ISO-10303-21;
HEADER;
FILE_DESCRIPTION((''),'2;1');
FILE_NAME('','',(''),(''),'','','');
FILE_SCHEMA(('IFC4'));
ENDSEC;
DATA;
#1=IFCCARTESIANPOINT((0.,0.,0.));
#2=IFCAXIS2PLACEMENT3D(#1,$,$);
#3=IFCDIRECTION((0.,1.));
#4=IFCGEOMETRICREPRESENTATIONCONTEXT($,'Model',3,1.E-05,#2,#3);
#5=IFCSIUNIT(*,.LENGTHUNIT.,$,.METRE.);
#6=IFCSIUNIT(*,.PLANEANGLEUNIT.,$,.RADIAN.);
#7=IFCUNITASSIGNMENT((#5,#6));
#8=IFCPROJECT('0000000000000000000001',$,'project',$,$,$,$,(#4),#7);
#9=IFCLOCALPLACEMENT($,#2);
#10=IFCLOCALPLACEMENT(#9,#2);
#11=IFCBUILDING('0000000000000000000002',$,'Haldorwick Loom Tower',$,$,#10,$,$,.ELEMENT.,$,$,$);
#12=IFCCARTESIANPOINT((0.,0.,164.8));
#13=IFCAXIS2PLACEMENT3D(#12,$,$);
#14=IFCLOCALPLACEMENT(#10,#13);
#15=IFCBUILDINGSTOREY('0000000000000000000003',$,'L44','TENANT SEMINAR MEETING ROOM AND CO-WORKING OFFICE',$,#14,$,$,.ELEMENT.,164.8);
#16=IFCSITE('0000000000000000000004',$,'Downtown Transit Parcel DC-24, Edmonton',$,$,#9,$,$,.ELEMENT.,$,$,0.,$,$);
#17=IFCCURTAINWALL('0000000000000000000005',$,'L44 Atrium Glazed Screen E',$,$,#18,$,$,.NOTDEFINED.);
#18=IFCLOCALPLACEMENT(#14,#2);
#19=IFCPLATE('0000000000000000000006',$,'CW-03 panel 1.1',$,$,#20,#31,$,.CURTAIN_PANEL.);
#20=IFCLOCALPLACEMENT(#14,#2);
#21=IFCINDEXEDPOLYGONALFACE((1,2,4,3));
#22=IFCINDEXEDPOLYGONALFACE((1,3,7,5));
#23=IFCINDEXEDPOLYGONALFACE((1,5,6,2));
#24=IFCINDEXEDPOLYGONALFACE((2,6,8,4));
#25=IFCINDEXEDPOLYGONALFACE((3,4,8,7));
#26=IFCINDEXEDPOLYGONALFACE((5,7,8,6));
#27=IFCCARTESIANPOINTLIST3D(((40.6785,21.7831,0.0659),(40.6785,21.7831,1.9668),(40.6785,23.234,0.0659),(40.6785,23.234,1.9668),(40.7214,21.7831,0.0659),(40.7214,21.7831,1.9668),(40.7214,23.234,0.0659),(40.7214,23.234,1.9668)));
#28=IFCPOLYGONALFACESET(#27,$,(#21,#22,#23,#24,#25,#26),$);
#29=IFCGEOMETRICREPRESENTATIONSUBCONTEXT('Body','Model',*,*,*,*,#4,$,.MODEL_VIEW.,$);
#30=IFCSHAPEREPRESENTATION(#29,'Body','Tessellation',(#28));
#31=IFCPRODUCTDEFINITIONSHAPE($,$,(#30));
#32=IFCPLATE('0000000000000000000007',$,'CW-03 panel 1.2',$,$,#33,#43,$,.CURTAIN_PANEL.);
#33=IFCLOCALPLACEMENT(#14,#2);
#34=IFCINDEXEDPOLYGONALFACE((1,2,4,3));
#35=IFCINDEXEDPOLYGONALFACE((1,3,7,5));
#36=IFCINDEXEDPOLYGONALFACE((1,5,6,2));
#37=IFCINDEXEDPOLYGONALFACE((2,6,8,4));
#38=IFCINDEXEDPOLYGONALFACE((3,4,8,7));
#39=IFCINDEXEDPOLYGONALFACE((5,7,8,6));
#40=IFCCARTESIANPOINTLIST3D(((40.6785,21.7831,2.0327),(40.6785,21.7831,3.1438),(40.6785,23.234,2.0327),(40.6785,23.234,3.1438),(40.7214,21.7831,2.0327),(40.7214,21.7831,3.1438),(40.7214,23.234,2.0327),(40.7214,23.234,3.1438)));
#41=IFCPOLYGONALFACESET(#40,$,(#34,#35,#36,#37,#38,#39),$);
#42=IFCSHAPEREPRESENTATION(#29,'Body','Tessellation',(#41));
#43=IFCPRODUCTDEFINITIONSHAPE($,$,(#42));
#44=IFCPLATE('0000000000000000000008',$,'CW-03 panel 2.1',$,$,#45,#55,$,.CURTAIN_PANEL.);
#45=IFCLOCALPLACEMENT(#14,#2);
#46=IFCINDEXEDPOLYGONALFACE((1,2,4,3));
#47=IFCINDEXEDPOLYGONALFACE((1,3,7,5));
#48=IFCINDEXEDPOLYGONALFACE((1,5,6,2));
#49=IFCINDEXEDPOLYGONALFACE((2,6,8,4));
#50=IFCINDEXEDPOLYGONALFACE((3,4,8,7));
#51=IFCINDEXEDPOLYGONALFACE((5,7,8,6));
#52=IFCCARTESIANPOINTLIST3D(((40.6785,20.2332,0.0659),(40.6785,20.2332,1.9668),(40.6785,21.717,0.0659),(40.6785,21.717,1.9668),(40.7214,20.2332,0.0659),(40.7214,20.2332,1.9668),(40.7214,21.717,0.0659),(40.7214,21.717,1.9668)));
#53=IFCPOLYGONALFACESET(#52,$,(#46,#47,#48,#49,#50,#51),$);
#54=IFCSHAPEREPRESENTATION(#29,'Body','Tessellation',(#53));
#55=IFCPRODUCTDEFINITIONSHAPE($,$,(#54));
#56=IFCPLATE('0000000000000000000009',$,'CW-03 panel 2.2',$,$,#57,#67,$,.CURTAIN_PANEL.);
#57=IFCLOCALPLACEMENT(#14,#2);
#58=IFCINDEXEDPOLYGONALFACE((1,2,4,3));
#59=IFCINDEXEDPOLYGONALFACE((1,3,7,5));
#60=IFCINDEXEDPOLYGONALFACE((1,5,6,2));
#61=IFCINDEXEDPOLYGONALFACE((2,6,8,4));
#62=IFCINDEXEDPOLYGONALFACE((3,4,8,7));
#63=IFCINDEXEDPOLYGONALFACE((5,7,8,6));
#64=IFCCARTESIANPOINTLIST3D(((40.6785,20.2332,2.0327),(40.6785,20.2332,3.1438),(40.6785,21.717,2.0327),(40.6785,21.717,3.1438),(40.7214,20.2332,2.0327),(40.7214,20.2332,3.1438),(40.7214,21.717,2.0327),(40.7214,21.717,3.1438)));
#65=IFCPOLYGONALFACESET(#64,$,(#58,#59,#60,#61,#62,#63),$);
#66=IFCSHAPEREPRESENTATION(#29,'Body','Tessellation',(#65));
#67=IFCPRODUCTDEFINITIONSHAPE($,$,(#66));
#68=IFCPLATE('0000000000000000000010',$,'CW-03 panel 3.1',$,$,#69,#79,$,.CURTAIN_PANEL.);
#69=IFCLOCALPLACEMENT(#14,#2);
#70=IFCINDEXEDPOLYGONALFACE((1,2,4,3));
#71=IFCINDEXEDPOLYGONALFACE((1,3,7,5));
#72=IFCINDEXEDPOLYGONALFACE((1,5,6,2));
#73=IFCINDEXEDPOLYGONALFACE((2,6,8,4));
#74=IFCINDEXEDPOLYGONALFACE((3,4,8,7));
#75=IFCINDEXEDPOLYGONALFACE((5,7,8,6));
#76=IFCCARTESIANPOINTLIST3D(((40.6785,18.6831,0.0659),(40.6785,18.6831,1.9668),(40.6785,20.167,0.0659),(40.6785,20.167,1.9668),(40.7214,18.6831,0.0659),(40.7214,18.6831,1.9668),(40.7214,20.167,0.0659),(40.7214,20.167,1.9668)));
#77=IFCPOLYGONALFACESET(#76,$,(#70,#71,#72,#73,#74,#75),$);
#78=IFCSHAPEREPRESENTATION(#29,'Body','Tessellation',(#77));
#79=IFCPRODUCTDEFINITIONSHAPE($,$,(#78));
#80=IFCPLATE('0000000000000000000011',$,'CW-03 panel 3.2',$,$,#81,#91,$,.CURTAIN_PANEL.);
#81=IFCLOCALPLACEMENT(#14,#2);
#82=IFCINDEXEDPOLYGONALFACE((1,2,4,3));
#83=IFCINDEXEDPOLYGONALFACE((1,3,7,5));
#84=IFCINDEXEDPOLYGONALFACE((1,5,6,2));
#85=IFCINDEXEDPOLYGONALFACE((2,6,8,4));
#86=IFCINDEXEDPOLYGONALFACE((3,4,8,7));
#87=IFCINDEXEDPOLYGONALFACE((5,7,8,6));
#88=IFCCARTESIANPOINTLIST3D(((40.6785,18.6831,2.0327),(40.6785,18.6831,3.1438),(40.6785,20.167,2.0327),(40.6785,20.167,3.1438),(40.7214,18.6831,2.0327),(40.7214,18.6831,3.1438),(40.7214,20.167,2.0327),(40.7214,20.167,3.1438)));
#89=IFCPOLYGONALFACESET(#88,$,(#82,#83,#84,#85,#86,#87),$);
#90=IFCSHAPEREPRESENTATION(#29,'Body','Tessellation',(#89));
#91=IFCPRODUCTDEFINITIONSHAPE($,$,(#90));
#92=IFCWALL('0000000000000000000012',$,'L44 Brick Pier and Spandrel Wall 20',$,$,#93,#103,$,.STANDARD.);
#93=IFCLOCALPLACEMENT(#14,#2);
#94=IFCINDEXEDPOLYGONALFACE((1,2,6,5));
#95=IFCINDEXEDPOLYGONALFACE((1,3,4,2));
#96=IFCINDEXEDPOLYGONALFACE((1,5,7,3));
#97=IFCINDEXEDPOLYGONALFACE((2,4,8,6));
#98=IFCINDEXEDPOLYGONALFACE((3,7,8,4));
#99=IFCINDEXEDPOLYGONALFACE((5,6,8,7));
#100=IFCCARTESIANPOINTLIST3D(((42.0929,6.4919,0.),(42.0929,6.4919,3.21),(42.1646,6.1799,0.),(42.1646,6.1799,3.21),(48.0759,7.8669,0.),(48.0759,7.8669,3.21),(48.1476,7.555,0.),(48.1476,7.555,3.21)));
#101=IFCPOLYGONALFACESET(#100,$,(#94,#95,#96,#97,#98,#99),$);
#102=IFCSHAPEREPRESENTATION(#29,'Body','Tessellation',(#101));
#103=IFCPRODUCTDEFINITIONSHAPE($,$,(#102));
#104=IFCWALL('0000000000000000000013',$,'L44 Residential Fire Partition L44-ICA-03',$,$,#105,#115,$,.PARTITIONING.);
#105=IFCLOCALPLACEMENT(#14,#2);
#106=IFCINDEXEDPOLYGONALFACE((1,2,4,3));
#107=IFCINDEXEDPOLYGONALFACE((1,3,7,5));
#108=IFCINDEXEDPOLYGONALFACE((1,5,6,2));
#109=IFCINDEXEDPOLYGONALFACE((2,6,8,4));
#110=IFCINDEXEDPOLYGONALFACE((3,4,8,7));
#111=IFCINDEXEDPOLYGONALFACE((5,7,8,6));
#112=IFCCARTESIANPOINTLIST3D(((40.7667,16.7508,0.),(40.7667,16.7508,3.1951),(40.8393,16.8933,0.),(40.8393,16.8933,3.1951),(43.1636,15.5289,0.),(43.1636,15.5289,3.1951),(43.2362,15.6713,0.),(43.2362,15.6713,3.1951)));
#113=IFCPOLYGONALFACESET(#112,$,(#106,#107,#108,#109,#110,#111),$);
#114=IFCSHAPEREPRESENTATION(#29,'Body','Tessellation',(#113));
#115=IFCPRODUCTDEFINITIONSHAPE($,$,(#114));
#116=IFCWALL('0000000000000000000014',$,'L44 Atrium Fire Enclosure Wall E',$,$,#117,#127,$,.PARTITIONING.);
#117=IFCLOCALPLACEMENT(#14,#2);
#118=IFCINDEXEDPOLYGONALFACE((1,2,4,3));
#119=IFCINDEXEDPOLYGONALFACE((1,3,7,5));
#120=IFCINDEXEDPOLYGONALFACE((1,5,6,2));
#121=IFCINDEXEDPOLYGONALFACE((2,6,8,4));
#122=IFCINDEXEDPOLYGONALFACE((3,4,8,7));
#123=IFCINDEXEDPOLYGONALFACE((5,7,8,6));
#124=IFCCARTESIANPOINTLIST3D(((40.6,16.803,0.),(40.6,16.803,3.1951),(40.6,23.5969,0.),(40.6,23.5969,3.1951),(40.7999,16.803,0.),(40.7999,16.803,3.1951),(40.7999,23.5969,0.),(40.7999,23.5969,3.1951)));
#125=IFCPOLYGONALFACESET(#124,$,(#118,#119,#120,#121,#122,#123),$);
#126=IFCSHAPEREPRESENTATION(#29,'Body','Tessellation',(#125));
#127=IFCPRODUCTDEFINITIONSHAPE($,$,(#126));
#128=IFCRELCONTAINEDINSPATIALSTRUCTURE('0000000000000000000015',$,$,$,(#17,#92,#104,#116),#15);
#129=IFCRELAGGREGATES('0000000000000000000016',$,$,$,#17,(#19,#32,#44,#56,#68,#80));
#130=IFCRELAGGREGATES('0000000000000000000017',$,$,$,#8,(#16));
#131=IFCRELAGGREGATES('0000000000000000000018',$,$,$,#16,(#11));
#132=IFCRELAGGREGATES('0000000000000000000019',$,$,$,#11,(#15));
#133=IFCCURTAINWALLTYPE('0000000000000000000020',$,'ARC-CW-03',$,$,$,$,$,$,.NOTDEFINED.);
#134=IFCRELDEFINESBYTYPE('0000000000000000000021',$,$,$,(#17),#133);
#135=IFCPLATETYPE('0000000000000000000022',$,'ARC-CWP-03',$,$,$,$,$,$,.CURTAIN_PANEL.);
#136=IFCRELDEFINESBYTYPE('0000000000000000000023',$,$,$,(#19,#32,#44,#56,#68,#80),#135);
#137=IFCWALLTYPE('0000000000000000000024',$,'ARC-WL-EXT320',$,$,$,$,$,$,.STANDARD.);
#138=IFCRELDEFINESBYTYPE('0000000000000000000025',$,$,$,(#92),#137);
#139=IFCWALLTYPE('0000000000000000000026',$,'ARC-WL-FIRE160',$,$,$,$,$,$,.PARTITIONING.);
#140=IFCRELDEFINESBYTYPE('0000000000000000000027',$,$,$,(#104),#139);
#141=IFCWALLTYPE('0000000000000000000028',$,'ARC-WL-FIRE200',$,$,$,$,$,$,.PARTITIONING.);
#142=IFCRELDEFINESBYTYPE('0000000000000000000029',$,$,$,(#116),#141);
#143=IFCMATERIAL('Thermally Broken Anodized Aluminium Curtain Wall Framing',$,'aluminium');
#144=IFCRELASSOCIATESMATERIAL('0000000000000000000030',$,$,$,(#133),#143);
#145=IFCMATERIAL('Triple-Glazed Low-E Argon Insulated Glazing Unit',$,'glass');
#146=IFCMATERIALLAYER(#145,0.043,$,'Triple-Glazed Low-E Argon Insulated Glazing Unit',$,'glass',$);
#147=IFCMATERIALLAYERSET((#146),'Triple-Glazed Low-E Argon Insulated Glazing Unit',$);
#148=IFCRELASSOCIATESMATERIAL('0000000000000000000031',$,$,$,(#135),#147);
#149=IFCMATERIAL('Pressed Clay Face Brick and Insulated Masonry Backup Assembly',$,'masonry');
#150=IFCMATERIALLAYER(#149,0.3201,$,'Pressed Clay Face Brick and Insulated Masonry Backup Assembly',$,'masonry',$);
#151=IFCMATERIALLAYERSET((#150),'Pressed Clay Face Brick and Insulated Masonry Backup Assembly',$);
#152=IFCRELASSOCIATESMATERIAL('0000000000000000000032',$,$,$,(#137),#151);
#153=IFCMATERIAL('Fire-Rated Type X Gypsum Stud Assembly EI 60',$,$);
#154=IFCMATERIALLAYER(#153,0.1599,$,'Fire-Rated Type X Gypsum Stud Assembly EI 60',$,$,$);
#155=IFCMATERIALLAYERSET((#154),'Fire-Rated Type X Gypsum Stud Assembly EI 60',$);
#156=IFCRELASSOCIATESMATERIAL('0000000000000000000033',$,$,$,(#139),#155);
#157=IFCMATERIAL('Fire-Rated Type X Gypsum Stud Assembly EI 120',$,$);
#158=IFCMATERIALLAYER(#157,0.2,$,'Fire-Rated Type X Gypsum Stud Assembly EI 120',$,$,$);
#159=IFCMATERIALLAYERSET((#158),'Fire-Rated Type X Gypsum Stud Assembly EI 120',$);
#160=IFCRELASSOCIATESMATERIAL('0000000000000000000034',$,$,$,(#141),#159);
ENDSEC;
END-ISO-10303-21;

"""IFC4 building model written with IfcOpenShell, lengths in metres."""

from ifc_helpers import new_model, si_unit, direction, frame, frame_2d, origin, origin_2d, place, context, subcontext, project, spatial, rectangle, extrude, material, layer, layer_set, type_object, element, aggregate, save


model = new_model("IFC4")

# Units and contexts
model_context = context("Model", 3, precision=1e-05, world=origin(), true_north=direction((0.0, 1.0)))
body_context = subcontext(model_context, "Body", "Model", "MODEL_VIEW")
ifc_project = project(units=[si_unit("LENGTHUNIT", "METRE"), si_unit("PLANEANGLEUNIT", "RADIAN")], contexts=[model_context])

# Site, building, storey
site_placement = place(None, origin())
site = spatial("IfcSite", under=ifc_project, at=site_placement, Name="Downtown Transit Parcel DC-24, Edmonton", CompositionType="ELEMENT", RefElevation=0.0)
building_placement = place(site_placement, origin())
building = spatial("IfcBuilding", under=site, at=building_placement, Name="Haldorwick Loom Tower", CompositionType="ELEMENT")
storey_placement = place(building_placement, frame((0.0, 0.0, 164.8)))
storey = spatial("IfcBuildingStorey", under=building, at=storey_placement, Name="L44", Description="TENANT SEMINAR MEETING ROOM AND CO-WORKING OFFICE", CompositionType="ELEMENT", Elevation=164.8)

# Curtain wall, plates
ifc_material_1 = material(Name="Thermally Broken Anodized Aluminium Curtain Wall Framing", Category="aluminium")
curtain_wall_type = type_object("IfcCurtainWallType", Name="ARC-CW-03", PredefinedType="NOTDEFINED", material=ifc_material_1)
curtain_wall_placement = place(storey_placement, origin())
curtain_wall = element("IfcCurtainWall", 1, at=curtain_wall_placement, inside=storey, type_object=curtain_wall_type, Name="L44 Atrium Glazed Screen E", PredefinedType="NOTDEFINED")
ifc_material_2 = material(Name="Triple-Glazed Low-E Argon Insulated Glazing Unit", Category="glass")
ifc_layer_1 = layer(ifc_material_2, 0.043, Name="Triple-Glazed Low-E Argon Insulated Glazing Unit", Category="glass")
ifc_layer_set_1 = layer_set([ifc_layer_1], Name="Triple-Glazed Low-E Argon Insulated Glazing Unit")
plate_type = type_object("IfcPlateType", Name="ARC-CWP-03", PredefinedType="CURTAIN_PANEL", material=ifc_layer_set_1)
plate_1_placement = place(storey_placement, frame((40.7, 22.5085, 0.0659), z_axis=(0.0, 0.0, 1.0), x_axis=(0.0, -1.0, 0.0)))
plate_1 = element("IfcPlate", 2, at=plate_1_placement, type_object=plate_type, Name="CW-03 panel 1.1", PredefinedType="CURTAIN_PANEL", context=body_context, shape_type="SweptSolid", body=[
    extrude(rectangle(XDim=1.4509, YDim=0.043, at=origin_2d()), origin(), (0.0, 0.0, 1.0), 1.9009),
])
plate_2_placement = place(storey_placement, frame((40.7, 22.5085, 2.0327), z_axis=(0.0, 0.0, 1.0), x_axis=(0.0, -1.0, 0.0)))
plate_2 = element("IfcPlate", 3, at=plate_2_placement, type_object=plate_type, Name="CW-03 panel 1.2", PredefinedType="CURTAIN_PANEL", context=body_context, shape_type="SweptSolid", body=[
    extrude(rectangle(XDim=1.4509, YDim=0.043, at=origin_2d()), origin(), (0.0, 0.0, 1.0), 1.1111),
])
plate_3_placement = place(storey_placement, frame((40.7, 20.9751, 0.0659), z_axis=(0.0, 0.0, 1.0), x_axis=(0.0, -1.0, 0.0)))
plate_3 = element("IfcPlate", 4, at=plate_3_placement, type_object=plate_type, Name="CW-03 panel 2.1", PredefinedType="CURTAIN_PANEL", context=body_context, shape_type="SweptSolid", body=[
    extrude(rectangle(XDim=1.4839, YDim=0.043, at=origin_2d()), origin(), (0.0, 0.0, 1.0), 1.9009),
])
plate_4_placement = place(storey_placement, frame((40.7, 20.9751, 2.0327), z_axis=(0.0, 0.0, 1.0), x_axis=(0.0, -1.0, 0.0)))
plate_4 = element("IfcPlate", 5, at=plate_4_placement, type_object=plate_type, Name="CW-03 panel 2.2", PredefinedType="CURTAIN_PANEL", context=body_context, shape_type="SweptSolid", body=[
    extrude(rectangle(XDim=1.4839, YDim=0.043, at=origin_2d()), origin(), (0.0, 0.0, 1.0), 1.1111),
])
plate_5_placement = place(storey_placement, frame((40.7, 19.425, 0.0659), z_axis=(0.0, 0.0, 1.0), x_axis=(0.0, -1.0, 0.0)))
plate_5 = element("IfcPlate", 6, at=plate_5_placement, type_object=plate_type, Name="CW-03 panel 3.1", PredefinedType="CURTAIN_PANEL", context=body_context, shape_type="SweptSolid", body=[
    extrude(rectangle(XDim=1.4839, YDim=0.043, at=origin_2d()), origin(), (0.0, 0.0, 1.0), 1.9009),
])
plate_6_placement = place(storey_placement, frame((40.7, 19.425, 2.0327), z_axis=(0.0, 0.0, 1.0), x_axis=(0.0, -1.0, 0.0)))
plate_6 = element("IfcPlate", 7, at=plate_6_placement, type_object=plate_type, Name="CW-03 panel 3.2", PredefinedType="CURTAIN_PANEL", context=body_context, shape_type="SweptSolid", body=[
    extrude(rectangle(XDim=1.4839, YDim=0.043, at=origin_2d()), origin(), (0.0, 0.0, 1.0), 1.1111),
])
aggregate(curtain_wall, [plate_1, plate_2, plate_3, plate_4, plate_5, plate_6])

# Walls
ifc_material_3 = material(Name="Pressed Clay Face Brick and Insulated Masonry Backup Assembly", Category="masonry")
ifc_layer_2 = layer(ifc_material_3, 0.3201, Name="Pressed Clay Face Brick and Insulated Masonry Backup Assembly", Category="masonry")
ifc_layer_set_2 = layer_set([ifc_layer_2], Name="Pressed Clay Face Brick and Insulated Masonry Backup Assembly")
wall_type_1 = type_object("IfcWallType", Name="ARC-WL-EXT320", PredefinedType="STANDARD", material=ifc_layer_set_2)
wall_1_placement = place(storey_placement, frame((42.1289, 6.3359, 0.0), z_axis=(0.0, 0.0, 1.0), x_axis=(0.974593, 0.223982, 0.0)))
element("IfcWall", 8, at=wall_1_placement, inside=storey, type_object=wall_type_1, Name="L44 Brick Pier and Spandrel Wall 20", PredefinedType="STANDARD", context=body_context, shape_type="SweptSolid", body=[
    extrude(rectangle(XDim=6.1389, YDim=0.3201, at=frame_2d((3.0693, 0.0))), origin(), (0.0, 0.0, 1.0), 3.21),
])
ifc_material_4 = material(Name="Fire-Rated Type X Gypsum Stud Assembly EI 60")
ifc_layer_3 = layer(ifc_material_4, 0.1599, Name="Fire-Rated Type X Gypsum Stud Assembly EI 60")
ifc_layer_set_3 = layer_set([ifc_layer_3], Name="Fire-Rated Type X Gypsum Stud Assembly EI 60")
wall_type_2 = type_object("IfcWallType", Name="ARC-WL-FIRE160", PredefinedType="PARTITIONING", material=ifc_layer_set_3)
wall_2_placement = place(storey_placement, frame((40.803, 16.822, 0.0), z_axis=(0.0, 0.0, 1.0), x_axis=(0.890916, -0.454169, 0.0)))
element("IfcWall", 9, at=wall_2_placement, inside=storey, type_object=wall_type_2, Name="L44 Residential Fire Partition L44-ICA-03", PredefinedType="PARTITIONING", context=body_context, shape_type="SweptSolid", body=[
    extrude(rectangle(XDim=2.6904, YDim=0.1599, at=frame_2d((1.3452, 0.0))), origin(), (0.0, 0.0, 1.0), 3.1951),
])
ifc_material_5 = material(Name="Fire-Rated Type X Gypsum Stud Assembly EI 120")
ifc_layer_4 = layer(ifc_material_5, 0.2, Name="Fire-Rated Type X Gypsum Stud Assembly EI 120")
ifc_layer_set_4 = layer_set([ifc_layer_4], Name="Fire-Rated Type X Gypsum Stud Assembly EI 120")
wall_type_3 = type_object("IfcWallType", Name="ARC-WL-FIRE200", PredefinedType="PARTITIONING", material=ifc_layer_set_4)
wall_3_placement = place(storey_placement, frame((40.7, 23.5969, 0.0), z_axis=(0.0, 0.0, 1.0), x_axis=(0.0, -1.0, 0.0)))
element("IfcWall", 10, at=wall_3_placement, inside=storey, type_object=wall_type_3, Name="L44 Atrium Fire Enclosure Wall E", PredefinedType="PARTITIONING", context=body_context, shape_type="SweptSolid", body=[
    extrude(rectangle(XDim=6.7939, YDim=0.2, at=frame_2d((3.397, 0.0))), origin(), (0.0, 0.0, 1.0), 3.1951),
])

save(model, "model.ifc")
